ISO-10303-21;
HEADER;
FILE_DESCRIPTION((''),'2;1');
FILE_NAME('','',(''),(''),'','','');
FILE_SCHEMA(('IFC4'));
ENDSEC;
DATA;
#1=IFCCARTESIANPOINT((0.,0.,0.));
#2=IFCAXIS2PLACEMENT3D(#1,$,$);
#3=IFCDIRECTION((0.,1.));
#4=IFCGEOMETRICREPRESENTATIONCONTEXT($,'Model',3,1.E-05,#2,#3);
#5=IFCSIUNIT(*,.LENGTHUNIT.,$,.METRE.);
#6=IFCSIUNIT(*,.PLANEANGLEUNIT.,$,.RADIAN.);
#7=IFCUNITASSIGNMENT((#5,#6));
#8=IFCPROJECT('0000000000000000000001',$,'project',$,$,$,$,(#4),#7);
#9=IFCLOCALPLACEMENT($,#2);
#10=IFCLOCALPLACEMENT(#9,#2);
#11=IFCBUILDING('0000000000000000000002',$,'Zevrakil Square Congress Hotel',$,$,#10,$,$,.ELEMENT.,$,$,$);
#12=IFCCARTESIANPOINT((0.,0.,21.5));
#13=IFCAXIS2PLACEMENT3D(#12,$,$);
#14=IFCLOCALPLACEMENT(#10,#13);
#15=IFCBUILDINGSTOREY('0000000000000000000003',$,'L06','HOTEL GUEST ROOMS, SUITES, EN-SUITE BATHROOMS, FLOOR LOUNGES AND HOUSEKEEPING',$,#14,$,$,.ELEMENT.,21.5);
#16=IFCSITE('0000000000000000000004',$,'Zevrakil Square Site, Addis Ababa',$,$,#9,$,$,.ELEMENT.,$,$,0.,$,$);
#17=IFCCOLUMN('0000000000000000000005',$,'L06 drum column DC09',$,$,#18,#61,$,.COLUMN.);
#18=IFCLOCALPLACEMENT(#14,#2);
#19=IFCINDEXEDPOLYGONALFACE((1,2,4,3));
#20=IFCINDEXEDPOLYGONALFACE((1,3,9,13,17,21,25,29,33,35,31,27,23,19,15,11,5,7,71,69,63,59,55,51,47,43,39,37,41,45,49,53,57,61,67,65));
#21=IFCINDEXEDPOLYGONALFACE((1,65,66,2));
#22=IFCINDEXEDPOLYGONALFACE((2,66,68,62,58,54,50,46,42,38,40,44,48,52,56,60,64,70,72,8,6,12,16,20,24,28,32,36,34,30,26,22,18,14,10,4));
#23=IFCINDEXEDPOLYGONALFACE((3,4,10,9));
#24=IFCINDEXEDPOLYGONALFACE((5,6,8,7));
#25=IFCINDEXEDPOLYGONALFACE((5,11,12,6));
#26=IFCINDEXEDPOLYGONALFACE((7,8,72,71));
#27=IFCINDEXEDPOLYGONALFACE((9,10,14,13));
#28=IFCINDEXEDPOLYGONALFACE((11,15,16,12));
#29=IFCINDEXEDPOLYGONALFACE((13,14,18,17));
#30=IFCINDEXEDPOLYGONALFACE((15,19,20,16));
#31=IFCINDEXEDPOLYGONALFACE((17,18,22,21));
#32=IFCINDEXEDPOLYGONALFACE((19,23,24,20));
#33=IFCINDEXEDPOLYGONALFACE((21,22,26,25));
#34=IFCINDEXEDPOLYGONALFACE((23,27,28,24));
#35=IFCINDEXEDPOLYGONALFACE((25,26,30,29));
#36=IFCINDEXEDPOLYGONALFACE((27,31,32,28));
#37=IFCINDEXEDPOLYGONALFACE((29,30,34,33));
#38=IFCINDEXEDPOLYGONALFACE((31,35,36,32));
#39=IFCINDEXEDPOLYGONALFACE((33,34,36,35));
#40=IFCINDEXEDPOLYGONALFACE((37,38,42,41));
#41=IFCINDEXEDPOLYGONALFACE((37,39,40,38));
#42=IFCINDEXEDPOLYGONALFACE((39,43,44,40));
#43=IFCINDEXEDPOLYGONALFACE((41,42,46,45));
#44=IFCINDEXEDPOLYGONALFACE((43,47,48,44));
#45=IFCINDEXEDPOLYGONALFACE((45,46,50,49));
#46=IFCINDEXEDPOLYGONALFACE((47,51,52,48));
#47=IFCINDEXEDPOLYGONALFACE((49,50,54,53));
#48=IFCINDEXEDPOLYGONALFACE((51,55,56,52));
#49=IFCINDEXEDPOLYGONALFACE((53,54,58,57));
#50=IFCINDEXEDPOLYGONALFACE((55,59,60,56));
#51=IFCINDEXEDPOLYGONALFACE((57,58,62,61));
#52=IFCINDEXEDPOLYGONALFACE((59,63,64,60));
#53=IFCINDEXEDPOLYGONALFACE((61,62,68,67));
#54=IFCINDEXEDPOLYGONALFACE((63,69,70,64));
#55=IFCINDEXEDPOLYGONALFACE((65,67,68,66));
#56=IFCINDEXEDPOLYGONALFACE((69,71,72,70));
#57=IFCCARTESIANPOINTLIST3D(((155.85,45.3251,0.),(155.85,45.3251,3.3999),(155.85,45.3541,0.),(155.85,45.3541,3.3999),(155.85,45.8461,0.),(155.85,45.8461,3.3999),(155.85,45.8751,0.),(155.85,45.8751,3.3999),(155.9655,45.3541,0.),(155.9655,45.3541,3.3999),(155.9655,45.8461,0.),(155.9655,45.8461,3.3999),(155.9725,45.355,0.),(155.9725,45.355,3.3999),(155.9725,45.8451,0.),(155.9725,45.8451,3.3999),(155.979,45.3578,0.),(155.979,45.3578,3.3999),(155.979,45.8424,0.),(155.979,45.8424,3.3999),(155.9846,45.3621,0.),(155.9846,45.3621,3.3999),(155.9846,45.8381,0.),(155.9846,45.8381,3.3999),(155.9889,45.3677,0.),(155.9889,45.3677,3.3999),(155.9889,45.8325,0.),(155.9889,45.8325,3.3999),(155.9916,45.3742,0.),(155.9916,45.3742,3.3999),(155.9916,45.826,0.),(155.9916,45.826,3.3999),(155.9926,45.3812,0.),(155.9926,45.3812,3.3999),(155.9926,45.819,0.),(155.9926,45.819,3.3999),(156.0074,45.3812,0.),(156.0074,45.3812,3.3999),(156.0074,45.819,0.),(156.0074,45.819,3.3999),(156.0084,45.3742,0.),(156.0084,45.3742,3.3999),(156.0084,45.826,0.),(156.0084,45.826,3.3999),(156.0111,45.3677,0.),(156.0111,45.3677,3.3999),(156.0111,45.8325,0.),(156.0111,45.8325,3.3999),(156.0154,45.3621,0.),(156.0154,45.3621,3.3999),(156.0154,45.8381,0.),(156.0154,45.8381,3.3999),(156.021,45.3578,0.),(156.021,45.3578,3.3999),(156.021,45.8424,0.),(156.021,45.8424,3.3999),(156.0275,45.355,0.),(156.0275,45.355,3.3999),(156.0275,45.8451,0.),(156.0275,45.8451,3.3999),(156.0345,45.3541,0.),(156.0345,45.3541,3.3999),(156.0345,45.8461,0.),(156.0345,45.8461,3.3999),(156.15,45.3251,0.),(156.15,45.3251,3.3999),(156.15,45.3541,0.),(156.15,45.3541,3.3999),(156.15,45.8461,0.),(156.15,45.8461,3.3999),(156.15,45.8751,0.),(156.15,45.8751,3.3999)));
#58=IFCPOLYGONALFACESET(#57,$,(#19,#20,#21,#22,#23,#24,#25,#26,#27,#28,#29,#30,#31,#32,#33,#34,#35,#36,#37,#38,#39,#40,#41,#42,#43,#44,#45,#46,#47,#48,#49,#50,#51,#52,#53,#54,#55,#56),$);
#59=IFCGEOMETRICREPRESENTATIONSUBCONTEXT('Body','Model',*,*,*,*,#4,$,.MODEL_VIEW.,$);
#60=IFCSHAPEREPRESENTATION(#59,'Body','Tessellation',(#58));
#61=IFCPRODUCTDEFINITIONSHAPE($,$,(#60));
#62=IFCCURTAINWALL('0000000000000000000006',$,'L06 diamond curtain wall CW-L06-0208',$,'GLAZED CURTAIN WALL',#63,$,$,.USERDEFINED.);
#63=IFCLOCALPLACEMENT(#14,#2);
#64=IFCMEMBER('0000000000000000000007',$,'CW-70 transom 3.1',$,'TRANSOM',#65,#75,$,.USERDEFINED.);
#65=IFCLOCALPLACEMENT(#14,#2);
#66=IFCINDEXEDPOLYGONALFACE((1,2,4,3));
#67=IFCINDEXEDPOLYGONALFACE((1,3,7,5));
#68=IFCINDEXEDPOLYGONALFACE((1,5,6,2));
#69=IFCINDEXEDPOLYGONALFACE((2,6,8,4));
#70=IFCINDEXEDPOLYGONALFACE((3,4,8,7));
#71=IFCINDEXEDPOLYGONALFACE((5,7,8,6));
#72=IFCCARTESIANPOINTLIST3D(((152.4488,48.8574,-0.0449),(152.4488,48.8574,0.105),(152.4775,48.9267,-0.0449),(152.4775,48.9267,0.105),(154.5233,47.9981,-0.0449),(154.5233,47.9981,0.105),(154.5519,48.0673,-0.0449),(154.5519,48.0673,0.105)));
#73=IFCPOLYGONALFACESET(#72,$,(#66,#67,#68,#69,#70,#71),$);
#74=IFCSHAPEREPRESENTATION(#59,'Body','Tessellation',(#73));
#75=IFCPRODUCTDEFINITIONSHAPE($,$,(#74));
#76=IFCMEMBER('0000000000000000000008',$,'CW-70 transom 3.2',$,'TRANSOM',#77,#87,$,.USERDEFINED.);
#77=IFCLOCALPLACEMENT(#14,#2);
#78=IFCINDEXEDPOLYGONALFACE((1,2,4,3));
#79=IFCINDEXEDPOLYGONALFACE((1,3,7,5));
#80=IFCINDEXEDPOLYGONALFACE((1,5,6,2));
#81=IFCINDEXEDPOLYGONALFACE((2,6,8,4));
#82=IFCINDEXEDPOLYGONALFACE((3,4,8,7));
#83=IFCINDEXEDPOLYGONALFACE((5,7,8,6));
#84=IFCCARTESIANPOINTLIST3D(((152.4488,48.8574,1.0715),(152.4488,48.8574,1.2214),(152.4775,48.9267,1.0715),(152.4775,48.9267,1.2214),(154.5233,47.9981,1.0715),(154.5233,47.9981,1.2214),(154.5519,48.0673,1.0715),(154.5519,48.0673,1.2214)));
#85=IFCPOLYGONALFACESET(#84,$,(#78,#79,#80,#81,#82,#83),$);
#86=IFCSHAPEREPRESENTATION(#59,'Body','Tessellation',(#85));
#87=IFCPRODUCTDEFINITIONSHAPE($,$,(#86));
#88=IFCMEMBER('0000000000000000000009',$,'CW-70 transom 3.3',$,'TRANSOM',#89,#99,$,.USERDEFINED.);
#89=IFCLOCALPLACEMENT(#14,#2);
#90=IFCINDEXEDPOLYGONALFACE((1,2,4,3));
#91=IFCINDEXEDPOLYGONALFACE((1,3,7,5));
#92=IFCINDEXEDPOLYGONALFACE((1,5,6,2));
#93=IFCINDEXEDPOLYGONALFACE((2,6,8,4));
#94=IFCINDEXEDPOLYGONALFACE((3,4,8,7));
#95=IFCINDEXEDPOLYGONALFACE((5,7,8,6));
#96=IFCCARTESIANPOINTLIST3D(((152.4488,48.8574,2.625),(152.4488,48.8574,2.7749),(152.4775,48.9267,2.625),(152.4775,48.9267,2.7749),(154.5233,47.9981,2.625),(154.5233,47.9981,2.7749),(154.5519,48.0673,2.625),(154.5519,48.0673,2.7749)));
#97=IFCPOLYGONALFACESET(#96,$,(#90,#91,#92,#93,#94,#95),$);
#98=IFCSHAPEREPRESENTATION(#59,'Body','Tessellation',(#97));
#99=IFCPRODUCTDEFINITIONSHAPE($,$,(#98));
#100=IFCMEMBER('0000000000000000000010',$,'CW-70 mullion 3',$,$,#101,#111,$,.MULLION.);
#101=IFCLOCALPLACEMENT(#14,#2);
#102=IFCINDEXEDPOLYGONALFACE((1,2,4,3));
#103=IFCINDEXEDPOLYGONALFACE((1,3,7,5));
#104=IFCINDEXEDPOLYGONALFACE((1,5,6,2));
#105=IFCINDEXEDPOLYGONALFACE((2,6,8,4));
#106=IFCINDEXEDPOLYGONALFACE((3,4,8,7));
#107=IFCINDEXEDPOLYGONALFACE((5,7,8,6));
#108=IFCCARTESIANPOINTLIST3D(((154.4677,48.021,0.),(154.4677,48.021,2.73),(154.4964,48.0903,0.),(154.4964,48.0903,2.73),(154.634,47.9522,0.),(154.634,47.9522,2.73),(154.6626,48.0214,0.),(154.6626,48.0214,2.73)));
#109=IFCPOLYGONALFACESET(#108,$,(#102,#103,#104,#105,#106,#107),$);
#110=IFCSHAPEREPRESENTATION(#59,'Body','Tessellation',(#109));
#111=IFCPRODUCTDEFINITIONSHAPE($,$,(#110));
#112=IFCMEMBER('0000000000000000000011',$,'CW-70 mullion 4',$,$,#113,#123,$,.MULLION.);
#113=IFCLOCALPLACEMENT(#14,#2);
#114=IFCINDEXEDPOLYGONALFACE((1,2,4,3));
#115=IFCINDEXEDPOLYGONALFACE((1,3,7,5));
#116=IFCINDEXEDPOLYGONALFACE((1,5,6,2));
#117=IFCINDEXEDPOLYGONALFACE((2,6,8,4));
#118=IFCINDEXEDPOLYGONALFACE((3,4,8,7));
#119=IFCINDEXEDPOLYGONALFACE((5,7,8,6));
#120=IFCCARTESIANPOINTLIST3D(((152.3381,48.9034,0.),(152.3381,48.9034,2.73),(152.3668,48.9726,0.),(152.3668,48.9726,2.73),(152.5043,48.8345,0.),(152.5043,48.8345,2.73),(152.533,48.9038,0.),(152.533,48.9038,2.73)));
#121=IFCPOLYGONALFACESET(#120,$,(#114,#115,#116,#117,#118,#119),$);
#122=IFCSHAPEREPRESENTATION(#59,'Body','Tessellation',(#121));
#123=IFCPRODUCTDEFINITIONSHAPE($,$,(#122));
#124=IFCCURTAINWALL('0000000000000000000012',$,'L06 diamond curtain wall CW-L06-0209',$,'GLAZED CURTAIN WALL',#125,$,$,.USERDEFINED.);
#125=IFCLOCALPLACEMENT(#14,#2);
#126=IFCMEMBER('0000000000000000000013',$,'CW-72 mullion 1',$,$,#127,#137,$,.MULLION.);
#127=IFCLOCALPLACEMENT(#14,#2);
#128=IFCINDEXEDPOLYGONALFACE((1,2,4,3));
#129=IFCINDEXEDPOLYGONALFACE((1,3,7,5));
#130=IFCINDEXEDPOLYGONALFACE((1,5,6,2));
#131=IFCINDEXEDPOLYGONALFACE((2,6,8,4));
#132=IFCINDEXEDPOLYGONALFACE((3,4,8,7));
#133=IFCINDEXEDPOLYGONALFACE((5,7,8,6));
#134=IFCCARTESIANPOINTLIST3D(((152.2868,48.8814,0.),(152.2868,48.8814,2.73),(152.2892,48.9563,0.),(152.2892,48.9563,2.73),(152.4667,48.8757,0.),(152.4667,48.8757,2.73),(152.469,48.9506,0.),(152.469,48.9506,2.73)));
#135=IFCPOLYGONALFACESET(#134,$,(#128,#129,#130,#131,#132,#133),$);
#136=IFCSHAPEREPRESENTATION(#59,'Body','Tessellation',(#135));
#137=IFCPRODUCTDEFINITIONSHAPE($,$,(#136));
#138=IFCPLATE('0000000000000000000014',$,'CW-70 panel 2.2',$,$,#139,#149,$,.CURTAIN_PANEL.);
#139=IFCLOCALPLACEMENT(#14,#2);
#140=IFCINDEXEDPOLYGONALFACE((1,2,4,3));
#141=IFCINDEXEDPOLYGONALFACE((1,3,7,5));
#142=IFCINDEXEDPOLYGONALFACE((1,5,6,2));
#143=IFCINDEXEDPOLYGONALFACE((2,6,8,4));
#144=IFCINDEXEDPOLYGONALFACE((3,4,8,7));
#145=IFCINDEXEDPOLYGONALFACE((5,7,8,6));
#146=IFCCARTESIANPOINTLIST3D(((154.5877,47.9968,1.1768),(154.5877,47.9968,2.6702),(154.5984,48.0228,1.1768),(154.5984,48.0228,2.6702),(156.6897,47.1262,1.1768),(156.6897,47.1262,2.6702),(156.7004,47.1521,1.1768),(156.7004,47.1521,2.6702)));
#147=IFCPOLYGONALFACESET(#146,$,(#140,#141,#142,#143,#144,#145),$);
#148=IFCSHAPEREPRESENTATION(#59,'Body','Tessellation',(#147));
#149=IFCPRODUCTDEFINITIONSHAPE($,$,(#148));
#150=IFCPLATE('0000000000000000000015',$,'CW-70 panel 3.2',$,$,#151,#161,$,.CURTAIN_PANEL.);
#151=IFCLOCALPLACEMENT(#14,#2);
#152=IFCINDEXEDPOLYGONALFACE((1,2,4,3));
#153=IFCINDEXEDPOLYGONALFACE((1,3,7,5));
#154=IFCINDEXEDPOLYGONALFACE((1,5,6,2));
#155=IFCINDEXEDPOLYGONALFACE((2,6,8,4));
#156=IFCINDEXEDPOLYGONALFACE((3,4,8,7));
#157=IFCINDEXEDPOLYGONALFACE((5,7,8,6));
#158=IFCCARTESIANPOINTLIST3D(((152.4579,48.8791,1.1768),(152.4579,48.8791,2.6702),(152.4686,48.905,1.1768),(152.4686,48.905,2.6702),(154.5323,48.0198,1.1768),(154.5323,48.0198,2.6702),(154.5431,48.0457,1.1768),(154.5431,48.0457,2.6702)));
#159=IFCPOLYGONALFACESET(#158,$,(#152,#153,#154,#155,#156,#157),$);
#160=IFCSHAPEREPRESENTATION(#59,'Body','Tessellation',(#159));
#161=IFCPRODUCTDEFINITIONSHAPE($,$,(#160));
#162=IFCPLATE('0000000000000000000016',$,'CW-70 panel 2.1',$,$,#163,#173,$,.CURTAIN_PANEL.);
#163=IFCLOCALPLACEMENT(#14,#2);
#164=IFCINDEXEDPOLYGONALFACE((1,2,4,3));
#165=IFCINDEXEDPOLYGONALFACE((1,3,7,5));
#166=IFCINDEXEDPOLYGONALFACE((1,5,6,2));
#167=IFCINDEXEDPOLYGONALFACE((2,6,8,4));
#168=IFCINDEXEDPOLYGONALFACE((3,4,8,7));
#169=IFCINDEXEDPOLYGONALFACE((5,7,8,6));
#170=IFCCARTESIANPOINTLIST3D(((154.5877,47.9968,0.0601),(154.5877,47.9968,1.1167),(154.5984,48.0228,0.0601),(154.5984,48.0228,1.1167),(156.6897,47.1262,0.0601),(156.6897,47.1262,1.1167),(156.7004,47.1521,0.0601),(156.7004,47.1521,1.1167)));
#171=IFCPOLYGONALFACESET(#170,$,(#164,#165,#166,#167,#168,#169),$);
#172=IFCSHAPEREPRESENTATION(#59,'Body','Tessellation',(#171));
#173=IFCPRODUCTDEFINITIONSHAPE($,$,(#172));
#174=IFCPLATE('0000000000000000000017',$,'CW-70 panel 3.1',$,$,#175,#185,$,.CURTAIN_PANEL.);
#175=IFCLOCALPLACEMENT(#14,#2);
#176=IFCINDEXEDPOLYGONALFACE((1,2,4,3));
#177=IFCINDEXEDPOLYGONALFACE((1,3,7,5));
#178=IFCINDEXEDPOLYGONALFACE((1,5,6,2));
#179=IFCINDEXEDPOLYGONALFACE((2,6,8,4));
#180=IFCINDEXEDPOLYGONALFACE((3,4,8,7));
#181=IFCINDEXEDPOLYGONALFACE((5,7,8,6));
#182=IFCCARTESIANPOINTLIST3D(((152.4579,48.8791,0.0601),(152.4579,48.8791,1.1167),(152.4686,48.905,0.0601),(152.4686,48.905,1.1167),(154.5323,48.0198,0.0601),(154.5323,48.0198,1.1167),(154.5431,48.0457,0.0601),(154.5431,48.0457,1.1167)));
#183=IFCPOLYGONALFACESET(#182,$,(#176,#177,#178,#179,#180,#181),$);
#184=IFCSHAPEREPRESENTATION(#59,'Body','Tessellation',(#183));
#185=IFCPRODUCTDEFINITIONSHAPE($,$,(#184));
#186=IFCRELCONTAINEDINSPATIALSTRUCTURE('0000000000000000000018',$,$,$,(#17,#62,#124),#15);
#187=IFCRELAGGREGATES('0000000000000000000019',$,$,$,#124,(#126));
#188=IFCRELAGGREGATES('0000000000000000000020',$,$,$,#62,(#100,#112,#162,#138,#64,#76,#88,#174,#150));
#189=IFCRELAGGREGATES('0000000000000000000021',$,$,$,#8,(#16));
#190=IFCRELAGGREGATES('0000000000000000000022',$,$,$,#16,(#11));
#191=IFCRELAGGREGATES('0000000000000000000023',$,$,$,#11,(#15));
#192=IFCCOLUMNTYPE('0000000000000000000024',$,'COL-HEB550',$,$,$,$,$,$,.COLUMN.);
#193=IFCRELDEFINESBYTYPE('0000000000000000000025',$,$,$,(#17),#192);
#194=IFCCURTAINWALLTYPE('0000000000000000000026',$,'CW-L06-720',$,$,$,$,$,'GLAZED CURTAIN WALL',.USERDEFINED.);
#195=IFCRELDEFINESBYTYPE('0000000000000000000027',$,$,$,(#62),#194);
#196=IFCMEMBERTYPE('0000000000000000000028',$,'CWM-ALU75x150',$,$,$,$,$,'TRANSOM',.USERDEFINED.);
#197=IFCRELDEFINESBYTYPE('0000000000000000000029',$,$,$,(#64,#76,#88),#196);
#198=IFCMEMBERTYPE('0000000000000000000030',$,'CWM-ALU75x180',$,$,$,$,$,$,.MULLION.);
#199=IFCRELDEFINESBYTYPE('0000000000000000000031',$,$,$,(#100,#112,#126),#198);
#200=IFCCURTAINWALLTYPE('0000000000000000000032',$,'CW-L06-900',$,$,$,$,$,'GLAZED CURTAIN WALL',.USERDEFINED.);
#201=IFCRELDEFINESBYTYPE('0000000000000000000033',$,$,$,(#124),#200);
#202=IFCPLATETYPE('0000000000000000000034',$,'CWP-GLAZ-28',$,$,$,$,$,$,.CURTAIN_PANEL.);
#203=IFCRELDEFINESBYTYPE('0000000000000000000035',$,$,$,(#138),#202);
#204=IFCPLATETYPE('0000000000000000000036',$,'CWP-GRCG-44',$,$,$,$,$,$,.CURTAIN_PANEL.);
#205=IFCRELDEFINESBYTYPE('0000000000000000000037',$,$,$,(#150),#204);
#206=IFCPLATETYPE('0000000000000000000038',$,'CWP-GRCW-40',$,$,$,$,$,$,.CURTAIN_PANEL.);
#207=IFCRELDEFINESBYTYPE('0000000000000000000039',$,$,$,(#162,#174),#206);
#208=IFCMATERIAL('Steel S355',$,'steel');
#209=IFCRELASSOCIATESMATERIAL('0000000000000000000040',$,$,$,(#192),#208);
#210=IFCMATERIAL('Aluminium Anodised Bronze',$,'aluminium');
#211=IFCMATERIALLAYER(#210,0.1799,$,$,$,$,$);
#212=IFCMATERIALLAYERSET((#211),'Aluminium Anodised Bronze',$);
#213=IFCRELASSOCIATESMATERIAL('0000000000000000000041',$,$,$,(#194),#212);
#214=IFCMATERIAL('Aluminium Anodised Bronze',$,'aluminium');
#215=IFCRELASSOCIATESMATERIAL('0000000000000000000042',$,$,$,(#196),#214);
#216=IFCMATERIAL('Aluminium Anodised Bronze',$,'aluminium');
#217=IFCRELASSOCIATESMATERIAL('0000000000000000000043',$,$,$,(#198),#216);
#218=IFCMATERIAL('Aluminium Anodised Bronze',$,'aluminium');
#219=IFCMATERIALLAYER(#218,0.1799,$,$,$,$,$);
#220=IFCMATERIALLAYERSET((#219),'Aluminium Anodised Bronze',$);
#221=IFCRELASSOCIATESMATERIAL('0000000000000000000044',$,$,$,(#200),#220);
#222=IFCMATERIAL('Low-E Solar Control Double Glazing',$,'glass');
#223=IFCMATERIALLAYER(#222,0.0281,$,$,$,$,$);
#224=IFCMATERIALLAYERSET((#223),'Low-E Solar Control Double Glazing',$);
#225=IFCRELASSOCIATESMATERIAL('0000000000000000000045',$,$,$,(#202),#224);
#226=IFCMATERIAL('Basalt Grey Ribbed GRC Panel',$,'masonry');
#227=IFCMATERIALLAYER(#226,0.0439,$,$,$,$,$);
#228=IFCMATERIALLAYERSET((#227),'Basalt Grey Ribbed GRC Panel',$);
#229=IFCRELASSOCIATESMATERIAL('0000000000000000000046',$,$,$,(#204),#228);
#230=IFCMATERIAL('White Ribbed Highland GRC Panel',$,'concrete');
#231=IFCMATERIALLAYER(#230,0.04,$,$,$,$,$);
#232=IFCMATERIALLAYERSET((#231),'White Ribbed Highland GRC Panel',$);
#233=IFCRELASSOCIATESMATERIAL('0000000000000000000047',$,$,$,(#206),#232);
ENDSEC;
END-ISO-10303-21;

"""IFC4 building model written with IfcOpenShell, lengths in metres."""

from ifc_helpers import new_model, si_unit, direction, frame, origin, origin_2d, place, context, subcontext, project, spatial, rectangle, i_section, extrude, material, layer, layer_set, material_profile, profile_set, type_object, element, aggregate, save


model = new_model("IFC4")

# Units and contexts
model_context = context("Model", 3, precision=1e-05, world=origin(), true_north=direction((0.0, 1.0)))
body_context = subcontext(model_context, "Body", "Model", "MODEL_VIEW")
ifc_project = project(units=[si_unit("LENGTHUNIT", "METRE"), si_unit("PLANEANGLEUNIT", "RADIAN")], contexts=[model_context])

# Site, building, storey
site_placement = place(None, origin())
site = spatial("IfcSite", under=ifc_project, at=site_placement, Name="Zevrakil Square Site, Addis Ababa", CompositionType="ELEMENT", RefElevation=0.0)
building_placement = place(site_placement, origin())
building = spatial("IfcBuilding", under=site, at=building_placement, Name="Zevrakil Square Congress Hotel", CompositionType="ELEMENT")
storey_placement = place(building_placement, frame((0.0, 0.0, 21.5)))
storey = spatial("IfcBuildingStorey", under=building, at=storey_placement, Name="L06", Description="HOTEL GUEST ROOMS, SUITES, EN-SUITE BATHROOMS, FLOOR LOUNGES AND HOUSEKEEPING", CompositionType="ELEMENT", Elevation=21.5)

# Column
ifc_material_1 = material(Name="Steel S355", Category="steel")
ifc_material_profile_1 = material_profile(ifc_material_1, i_section(OverallWidth=0.3, OverallDepth=0.55, WebThickness=0.0149, FlangeThickness=0.0291, FilletRadius=0.0271, at=origin_2d()), Name="HEB 550")
ifc_profile_set_1 = profile_set([ifc_material_profile_1], Name="Steel S355")
column_type = type_object("IfcColumnType", Name="COL-HEB550", PredefinedType="COLUMN", material=ifc_profile_set_1)
column_placement = place(storey_placement, frame((156.0, 45.6001, 0.0), z_axis=(0.0, 0.0, 1.0), x_axis=(1.0, 0.0, 0.0)))
element("IfcColumn", 1, at=column_placement, inside=storey, type_object=column_type, Name="L06 drum column DC09", PredefinedType="COLUMN", context=body_context, shape_type="SweptSolid", body=[
    extrude(i_section(OverallWidth=0.3, OverallDepth=0.55, WebThickness=0.0149, FlangeThickness=0.0291, FilletRadius=0.0271, at=origin_2d()), origin(), (0.0, 0.0, 1.0), 3.3999),
])

# Curtain wall, members
ifc_material_2 = material(Name="Aluminium Anodised Bronze", Category="aluminium")
ifc_layer_1 = layer(ifc_material_2, 0.1799)
ifc_layer_set_1 = layer_set([ifc_layer_1], Name="Aluminium Anodised Bronze")
curtain_wall_type_1 = type_object("IfcCurtainWallType", Name="CW-L06-720", ElementType="GLAZED CURTAIN WALL", PredefinedType="USERDEFINED", material=ifc_layer_set_1)
curtain_wall_1_placement = place(storey_placement, origin())
curtain_wall_1 = element("IfcCurtainWall", 2, at=curtain_wall_1_placement, inside=storey, type_object=curtain_wall_type_1, Name="L06 diamond curtain wall CW-L06-0208", ObjectType="GLAZED CURTAIN WALL", PredefinedType="USERDEFINED")
ifc_material_3 = material(Name="Aluminium Anodised Bronze", Category="aluminium")
ifc_material_profile_2 = material_profile(ifc_material_3, rectangle(XDim=0.075, YDim=0.1499, at=origin_2d()), Name="ALU 75x150")
ifc_profile_set_2 = profile_set([ifc_material_profile_2], Name="Aluminium Anodised Bronze")
member_type_1 = type_object("IfcMemberType", Name="CWM-ALU75x150", ElementType="TRANSOM", PredefinedType="USERDEFINED", material=ifc_profile_set_2)
member_1_placement = place(storey_placement, frame((154.5376, 48.0327, 0.03), z_axis=(-0.923863, 0.382723, 0.0), x_axis=(-0.382723, -0.923863, 0.0)))
member_1 = element("IfcMember", 3, at=member_1_placement, type_object=member_type_1, Name="CW-70 transom 3.1", ObjectType="TRANSOM", PredefinedType="USERDEFINED", context=body_context, shape_type="SweptSolid", body=[
    extrude(rectangle(XDim=0.075, YDim=0.1499, at=origin_2d()), origin(), (0.0, 0.0, 1.0), 2.2454),
])
member_2_placement = place(storey_placement, frame((154.5376, 48.0327, 1.1465), z_axis=(-0.923863, 0.382723, 0.0), x_axis=(-0.382723, -0.923863, 0.0)))
member_2 = element("IfcMember", 4, at=member_2_placement, type_object=member_type_1, Name="CW-70 transom 3.2", ObjectType="TRANSOM", PredefinedType="USERDEFINED", context=body_context, shape_type="SweptSolid", body=[
    extrude(rectangle(XDim=0.075, YDim=0.1499, at=origin_2d()), origin(), (0.0, 0.0, 1.0), 2.2454),
])
member_3_placement = place(storey_placement, frame((154.5376, 48.0327, 2.7), z_axis=(-0.923863, 0.382723, 0.0), x_axis=(-0.382723, -0.923863, 0.0)))
member_3 = element("IfcMember", 5, at=member_3_placement, type_object=member_type_1, Name="CW-70 transom 3.3", ObjectType="TRANSOM", PredefinedType="USERDEFINED", context=body_context, shape_type="SweptSolid", body=[
    extrude(rectangle(XDim=0.075, YDim=0.1499, at=origin_2d()), origin(), (0.0, 0.0, 1.0), 2.2454),
])
ifc_material_4 = material(Name="Aluminium Anodised Bronze", Category="aluminium")
ifc_material_profile_3 = material_profile(ifc_material_4, rectangle(XDim=0.075, YDim=0.1799, at=origin_2d()), Name="ALU 75x180")
ifc_profile_set_3 = profile_set([ifc_material_profile_3], Name="Aluminium Anodised Bronze")
member_type_2 = type_object("IfcMemberType", Name="CWM-ALU75x180", PredefinedType="MULLION", material=ifc_profile_set_3)
member_4_placement = place(storey_placement, frame((154.5652, 48.0212, 0.0), z_axis=(0.0, 0.0, 1.0), x_axis=(-0.382684, -0.923879, 0.0)))
member_4 = element("IfcMember", 6, at=member_4_placement, type_object=member_type_2, Name="CW-70 mullion 3", PredefinedType="MULLION", context=body_context, shape_type="SweptSolid", body=[
    extrude(rectangle(XDim=0.075, YDim=0.1799, at=origin_2d()), origin(), (0.0, 0.0, 1.0), 2.73),
])
member_5_placement = place(storey_placement, frame((152.4355, 48.9036, 0.0), z_axis=(0.0, 0.0, 1.0), x_axis=(-0.382684, -0.923879, 0.0)))
member_5 = element("IfcMember", 7, at=member_5_placement, type_object=member_type_2, Name="CW-70 mullion 4", PredefinedType="MULLION", context=body_context, shape_type="SweptSolid", body=[
    extrude(rectangle(XDim=0.075, YDim=0.1799, at=origin_2d()), origin(), (0.0, 0.0, 1.0), 2.73),
])

# Curtain wall, member
ifc_material_5 = material(Name="Aluminium Anodised Bronze", Category="aluminium")
ifc_layer_2 = layer(ifc_material_5, 0.1799)
ifc_layer_set_2 = layer_set([ifc_layer_2], Name="Aluminium Anodised Bronze")
curtain_wall_type_2 = type_object("IfcCurtainWallType", Name="CW-L06-900", ElementType="GLAZED CURTAIN WALL", PredefinedType="USERDEFINED", material=ifc_layer_set_2)
curtain_wall_2_placement = place(storey_placement, origin())
curtain_wall_2 = element("IfcCurtainWall", 8, at=curtain_wall_2_placement, inside=storey, type_object=curtain_wall_type_2, Name="L06 diamond curtain wall CW-L06-0209", ObjectType="GLAZED CURTAIN WALL", PredefinedType="USERDEFINED")
member_6_placement = place(storey_placement, frame((152.3779, 48.916, 0.0), z_axis=(0.0, 0.0, 1.0), x_axis=(-0.031598, -0.999501, 0.0)))
member_6 = element("IfcMember", 9, at=member_6_placement, type_object=member_type_2, Name="CW-72 mullion 1", PredefinedType="MULLION", context=body_context, shape_type="SweptSolid", body=[
    extrude(rectangle(XDim=0.075, YDim=0.1799, at=origin_2d()), origin(), (0.0, 0.0, 1.0), 2.73),
])
aggregate(curtain_wall_2, [member_6])

# Plates
ifc_material_6 = material(Name="Low-E Solar Control Double Glazing", Category="glass")
ifc_layer_3 = layer(ifc_material_6, 0.0281)
ifc_layer_set_3 = layer_set([ifc_layer_3], Name="Low-E Solar Control Double Glazing")
plate_type_1 = type_object("IfcPlateType", Name="CWP-GLAZ-28", PredefinedType="CURTAIN_PANEL", material=ifc_layer_set_3)
plate_1_placement = place(storey_placement, frame((155.644, 47.5745, 1.1768), z_axis=(0.0, 0.0, 1.0), x_axis=(-0.923879, 0.382684, 0.0)))
plate_1 = element("IfcPlate", 10, at=plate_1_placement, type_object=plate_type_1, Name="CW-70 panel 2.2", PredefinedType="CURTAIN_PANEL", context=body_context, shape_type="SweptSolid", body=[
    extrude(rectangle(XDim=2.2751, YDim=0.0281, at=origin_2d()), origin(), (0.0, 0.0, 1.0), 1.4934),
])
ifc_material_7 = material(Name="Basalt Grey Ribbed GRC Panel", Category="masonry")
ifc_layer_4 = layer(ifc_material_7, 0.0439)
ifc_layer_set_4 = layer_set([ifc_layer_4], Name="Basalt Grey Ribbed GRC Panel")
plate_type_2 = type_object("IfcPlateType", Name="CWP-GRCG-44", PredefinedType="CURTAIN_PANEL", material=ifc_layer_set_4)
plate_2_placement = place(storey_placement, frame((153.5005, 48.4624, 1.1768), z_axis=(0.0, 0.0, 1.0), x_axis=(-0.923879, 0.382684, 0.0)))
plate_2 = element("IfcPlate", 11, at=plate_2_placement, type_object=plate_type_2, Name="CW-70 panel 3.2", PredefinedType="CURTAIN_PANEL", context=body_context, shape_type="SweptSolid", body=[
    extrude(rectangle(XDim=2.2454, YDim=0.0281, at=origin_2d()), origin(), (0.0, 0.0, 1.0), 1.4934),
])
ifc_material_8 = material(Name="White Ribbed Highland GRC Panel", Category="concrete")
ifc_layer_5 = layer(ifc_material_8, 0.04)
ifc_layer_set_5 = layer_set([ifc_layer_5], Name="White Ribbed Highland GRC Panel")
plate_type_3 = type_object("IfcPlateType", Name="CWP-GRCW-40", PredefinedType="CURTAIN_PANEL", material=ifc_layer_set_5)
plate_3_placement = place(storey_placement, frame((155.644, 47.5745, 0.0601), z_axis=(0.0, 0.0, 1.0), x_axis=(-0.923879, 0.382684, 0.0)))
plate_3 = element("IfcPlate", 12, at=plate_3_placement, type_object=plate_type_3, Name="CW-70 panel 2.1", PredefinedType="CURTAIN_PANEL", context=body_context, shape_type="SweptSolid", body=[
    extrude(rectangle(XDim=2.2751, YDim=0.0281, at=origin_2d()), origin(), (0.0, 0.0, 1.0), 1.0566),
])
plate_4_placement = place(storey_placement, frame((153.5005, 48.4624, 0.0601), z_axis=(0.0, 0.0, 1.0), x_axis=(-0.923879, 0.382684, 0.0)))
plate_4 = element("IfcPlate", 13, at=plate_4_placement, type_object=plate_type_3, Name="CW-70 panel 3.1", PredefinedType="CURTAIN_PANEL", context=body_context, shape_type="SweptSolid", body=[
    extrude(rectangle(XDim=2.2454, YDim=0.0281, at=origin_2d()), origin(), (0.0, 0.0, 1.0), 1.0566),
])
aggregate(curtain_wall_1, [member_4, member_5, plate_3, plate_1, member_1, member_2, member_3, plate_4, plate_2])

save(model, "model.ifc")
